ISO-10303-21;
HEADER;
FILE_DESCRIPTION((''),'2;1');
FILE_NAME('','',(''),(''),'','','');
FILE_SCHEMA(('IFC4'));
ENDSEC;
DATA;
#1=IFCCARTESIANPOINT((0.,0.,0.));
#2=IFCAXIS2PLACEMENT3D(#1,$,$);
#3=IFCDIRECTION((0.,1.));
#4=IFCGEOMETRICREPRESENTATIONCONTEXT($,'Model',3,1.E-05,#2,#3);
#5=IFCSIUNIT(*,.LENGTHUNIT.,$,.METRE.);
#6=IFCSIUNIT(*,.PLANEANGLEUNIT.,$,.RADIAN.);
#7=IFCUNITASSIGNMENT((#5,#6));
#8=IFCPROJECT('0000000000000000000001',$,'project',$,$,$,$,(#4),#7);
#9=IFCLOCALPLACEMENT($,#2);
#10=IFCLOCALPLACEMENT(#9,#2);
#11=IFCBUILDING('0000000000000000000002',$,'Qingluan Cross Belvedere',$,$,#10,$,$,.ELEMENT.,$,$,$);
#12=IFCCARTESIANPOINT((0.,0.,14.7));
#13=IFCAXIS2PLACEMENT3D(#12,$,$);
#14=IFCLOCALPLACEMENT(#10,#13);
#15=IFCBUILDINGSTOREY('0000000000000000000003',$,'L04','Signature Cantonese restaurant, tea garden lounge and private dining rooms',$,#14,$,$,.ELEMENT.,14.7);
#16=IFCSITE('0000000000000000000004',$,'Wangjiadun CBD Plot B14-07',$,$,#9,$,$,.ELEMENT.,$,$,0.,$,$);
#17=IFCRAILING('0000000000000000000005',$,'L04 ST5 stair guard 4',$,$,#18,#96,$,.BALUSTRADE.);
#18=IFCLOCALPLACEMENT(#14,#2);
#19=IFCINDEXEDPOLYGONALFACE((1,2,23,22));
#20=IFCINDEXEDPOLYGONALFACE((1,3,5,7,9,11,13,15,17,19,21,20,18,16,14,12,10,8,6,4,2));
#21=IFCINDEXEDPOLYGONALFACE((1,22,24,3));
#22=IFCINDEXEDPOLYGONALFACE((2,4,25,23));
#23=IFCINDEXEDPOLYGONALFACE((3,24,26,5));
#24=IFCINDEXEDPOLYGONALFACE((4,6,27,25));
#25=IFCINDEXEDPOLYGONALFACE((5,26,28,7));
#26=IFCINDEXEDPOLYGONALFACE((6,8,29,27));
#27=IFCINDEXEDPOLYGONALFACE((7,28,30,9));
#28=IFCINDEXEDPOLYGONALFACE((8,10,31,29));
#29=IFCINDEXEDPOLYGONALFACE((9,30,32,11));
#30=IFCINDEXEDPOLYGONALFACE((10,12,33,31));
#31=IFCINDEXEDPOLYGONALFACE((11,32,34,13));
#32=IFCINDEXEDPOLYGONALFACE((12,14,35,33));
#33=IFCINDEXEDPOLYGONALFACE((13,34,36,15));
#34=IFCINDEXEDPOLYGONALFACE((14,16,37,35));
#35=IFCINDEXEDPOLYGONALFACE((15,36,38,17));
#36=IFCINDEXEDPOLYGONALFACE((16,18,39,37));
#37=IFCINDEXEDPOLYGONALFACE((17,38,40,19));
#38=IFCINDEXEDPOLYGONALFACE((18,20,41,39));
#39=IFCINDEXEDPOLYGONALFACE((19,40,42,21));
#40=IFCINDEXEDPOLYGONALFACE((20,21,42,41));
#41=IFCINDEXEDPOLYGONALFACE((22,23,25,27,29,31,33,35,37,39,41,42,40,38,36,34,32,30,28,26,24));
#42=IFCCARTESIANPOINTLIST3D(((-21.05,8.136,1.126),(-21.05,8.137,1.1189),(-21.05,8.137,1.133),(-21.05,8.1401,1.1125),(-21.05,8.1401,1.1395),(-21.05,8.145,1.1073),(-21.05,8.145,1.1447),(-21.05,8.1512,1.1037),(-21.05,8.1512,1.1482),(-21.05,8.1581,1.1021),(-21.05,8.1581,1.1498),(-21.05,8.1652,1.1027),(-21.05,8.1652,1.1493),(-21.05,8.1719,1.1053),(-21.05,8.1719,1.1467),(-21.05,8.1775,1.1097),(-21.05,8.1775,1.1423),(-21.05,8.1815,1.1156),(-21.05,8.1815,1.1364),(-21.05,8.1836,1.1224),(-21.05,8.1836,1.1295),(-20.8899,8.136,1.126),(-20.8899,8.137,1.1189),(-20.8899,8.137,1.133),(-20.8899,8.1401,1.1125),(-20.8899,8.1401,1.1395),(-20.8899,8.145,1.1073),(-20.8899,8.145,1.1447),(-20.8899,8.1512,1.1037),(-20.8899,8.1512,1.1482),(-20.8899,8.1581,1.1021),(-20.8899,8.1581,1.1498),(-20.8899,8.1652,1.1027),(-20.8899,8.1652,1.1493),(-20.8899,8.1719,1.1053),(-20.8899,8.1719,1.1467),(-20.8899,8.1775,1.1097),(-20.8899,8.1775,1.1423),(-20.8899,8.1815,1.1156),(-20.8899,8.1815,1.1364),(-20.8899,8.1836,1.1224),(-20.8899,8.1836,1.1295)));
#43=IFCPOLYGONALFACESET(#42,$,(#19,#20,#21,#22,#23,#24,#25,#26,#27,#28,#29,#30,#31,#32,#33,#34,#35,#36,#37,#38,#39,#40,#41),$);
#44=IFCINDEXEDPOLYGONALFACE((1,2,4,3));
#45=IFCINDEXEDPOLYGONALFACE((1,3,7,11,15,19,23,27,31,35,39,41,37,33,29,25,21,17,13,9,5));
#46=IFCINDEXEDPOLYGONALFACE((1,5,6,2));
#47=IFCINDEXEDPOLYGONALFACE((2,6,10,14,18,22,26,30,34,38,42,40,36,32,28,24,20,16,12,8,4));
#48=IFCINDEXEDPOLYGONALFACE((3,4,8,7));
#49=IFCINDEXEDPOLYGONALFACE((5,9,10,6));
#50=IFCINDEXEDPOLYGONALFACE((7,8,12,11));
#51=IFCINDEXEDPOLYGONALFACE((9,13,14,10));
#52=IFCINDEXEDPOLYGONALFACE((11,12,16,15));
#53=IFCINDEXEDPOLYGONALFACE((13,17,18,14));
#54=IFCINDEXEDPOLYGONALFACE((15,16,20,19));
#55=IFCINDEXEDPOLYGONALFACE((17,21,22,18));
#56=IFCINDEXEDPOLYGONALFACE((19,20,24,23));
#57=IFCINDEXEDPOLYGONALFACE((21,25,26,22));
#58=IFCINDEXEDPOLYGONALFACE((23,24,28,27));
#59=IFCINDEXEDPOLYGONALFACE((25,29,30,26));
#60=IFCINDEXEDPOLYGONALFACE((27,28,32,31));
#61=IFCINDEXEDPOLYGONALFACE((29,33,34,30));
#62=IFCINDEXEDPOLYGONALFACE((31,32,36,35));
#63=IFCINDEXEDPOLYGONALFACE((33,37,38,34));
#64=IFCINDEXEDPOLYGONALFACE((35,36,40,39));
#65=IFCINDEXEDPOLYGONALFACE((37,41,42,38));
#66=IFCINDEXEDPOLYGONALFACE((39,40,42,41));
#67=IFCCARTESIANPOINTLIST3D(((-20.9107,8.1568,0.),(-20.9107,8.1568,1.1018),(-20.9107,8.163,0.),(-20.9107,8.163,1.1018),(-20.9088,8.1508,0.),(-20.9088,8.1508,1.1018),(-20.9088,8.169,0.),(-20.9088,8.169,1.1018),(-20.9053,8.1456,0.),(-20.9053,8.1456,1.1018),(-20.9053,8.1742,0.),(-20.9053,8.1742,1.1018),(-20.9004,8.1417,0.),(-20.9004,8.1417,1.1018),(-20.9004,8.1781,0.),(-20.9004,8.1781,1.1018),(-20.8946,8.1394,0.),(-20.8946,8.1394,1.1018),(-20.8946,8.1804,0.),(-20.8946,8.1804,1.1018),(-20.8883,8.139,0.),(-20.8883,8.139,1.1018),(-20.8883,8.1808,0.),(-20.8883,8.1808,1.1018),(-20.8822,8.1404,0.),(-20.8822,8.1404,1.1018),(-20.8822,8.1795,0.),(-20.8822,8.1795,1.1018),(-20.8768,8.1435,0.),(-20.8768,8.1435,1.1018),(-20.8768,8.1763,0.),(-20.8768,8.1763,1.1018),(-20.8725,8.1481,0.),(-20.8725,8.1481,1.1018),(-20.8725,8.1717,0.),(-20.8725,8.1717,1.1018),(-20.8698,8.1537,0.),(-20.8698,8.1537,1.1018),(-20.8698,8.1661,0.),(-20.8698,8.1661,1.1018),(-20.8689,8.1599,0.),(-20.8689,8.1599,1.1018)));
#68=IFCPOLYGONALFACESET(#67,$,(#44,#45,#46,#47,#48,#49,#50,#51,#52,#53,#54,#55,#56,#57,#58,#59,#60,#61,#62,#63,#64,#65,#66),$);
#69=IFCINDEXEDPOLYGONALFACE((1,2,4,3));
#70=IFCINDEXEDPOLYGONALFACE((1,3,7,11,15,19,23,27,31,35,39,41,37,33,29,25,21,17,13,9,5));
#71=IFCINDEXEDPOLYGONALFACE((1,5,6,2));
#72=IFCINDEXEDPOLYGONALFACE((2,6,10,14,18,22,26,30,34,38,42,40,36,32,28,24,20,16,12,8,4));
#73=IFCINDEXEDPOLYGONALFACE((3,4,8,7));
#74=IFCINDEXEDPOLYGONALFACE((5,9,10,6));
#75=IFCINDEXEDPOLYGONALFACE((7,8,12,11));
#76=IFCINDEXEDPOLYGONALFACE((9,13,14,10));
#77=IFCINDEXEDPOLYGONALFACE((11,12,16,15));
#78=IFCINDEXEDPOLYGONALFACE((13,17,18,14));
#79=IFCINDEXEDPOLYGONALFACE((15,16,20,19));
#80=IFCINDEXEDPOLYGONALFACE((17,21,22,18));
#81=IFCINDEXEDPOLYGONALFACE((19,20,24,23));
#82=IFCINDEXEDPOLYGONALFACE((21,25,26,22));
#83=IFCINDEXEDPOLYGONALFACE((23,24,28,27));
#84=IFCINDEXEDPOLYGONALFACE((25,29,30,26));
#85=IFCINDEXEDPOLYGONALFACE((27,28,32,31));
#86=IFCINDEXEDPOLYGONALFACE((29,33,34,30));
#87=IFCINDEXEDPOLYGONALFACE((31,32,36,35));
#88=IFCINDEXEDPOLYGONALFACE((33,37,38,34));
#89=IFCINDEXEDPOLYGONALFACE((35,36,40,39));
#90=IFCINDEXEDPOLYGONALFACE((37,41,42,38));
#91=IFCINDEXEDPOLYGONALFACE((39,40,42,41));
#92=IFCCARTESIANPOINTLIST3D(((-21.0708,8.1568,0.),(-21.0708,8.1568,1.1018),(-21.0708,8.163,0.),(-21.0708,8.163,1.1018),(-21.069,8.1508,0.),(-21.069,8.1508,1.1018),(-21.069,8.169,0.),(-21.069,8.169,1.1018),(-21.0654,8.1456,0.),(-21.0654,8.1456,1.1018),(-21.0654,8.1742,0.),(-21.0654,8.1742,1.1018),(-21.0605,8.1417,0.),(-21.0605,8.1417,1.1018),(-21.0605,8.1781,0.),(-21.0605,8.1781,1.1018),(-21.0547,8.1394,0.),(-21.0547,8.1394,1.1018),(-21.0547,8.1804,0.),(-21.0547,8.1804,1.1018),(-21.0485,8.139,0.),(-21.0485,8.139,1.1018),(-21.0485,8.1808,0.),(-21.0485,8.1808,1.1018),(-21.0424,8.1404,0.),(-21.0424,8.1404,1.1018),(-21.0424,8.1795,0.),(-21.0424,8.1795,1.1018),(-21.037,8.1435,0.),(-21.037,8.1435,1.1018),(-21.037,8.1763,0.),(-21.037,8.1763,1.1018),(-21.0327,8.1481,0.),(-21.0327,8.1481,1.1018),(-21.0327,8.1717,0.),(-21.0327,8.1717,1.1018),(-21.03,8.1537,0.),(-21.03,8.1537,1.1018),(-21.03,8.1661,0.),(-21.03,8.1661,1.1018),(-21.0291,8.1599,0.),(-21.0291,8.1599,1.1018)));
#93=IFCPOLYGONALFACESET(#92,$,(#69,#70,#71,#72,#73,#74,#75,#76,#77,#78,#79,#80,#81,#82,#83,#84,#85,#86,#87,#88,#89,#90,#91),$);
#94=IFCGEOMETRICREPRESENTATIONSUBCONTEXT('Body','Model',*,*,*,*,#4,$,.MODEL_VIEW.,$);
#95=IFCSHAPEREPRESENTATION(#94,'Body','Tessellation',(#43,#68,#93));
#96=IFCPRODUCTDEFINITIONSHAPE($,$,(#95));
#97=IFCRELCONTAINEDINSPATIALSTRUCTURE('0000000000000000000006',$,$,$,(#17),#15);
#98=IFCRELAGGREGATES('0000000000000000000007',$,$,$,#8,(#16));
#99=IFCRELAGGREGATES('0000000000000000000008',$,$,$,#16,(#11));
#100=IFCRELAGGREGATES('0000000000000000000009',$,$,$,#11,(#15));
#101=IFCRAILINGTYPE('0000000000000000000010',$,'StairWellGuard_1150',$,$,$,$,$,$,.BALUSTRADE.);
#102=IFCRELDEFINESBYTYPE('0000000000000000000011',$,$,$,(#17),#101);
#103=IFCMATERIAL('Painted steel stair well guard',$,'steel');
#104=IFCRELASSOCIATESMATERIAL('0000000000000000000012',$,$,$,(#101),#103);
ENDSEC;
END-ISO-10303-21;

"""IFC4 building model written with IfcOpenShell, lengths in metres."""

from ifc_helpers import new_model, si_unit, direction, frame, origin, origin_2d, place, context, subcontext, project, spatial, circle, extrude, material, type_object, element, save


model = new_model("IFC4")

# Units and contexts
model_context = context("Model", 3, precision=1e-05, world=origin(), true_north=direction((0.0, 1.0)))
body_context = subcontext(model_context, "Body", "Model", "MODEL_VIEW")
ifc_project = project(units=[si_unit("LENGTHUNIT", "METRE"), si_unit("PLANEANGLEUNIT", "RADIAN")], contexts=[model_context])

# Site, building, storey
site_placement = place(None, origin())
site = spatial("IfcSite", under=ifc_project, at=site_placement, Name="Wangjiadun CBD Plot B14-07", CompositionType="ELEMENT", RefElevation=0.0)
building_placement = place(site_placement, origin())
building = spatial("IfcBuilding", under=site, at=building_placement, Name="Qingluan Cross Belvedere", CompositionType="ELEMENT")
storey_placement = place(building_placement, frame((0.0, 0.0, 14.7)))
storey = spatial("IfcBuildingStorey", under=building, at=storey_placement, Name="L04", Description="Signature Cantonese restaurant, tea garden lounge and private dining rooms", CompositionType="ELEMENT", Elevation=14.7)

# Railing
ifc_material_1 = material(Name="Painted steel stair well guard", Category="steel")
railing_type_1 = type_object("IfcRailingType", Name="StairWellGuard_1150", PredefinedType="BALUSTRADE", material=ifc_material_1)
railing_1_placement = place(storey_placement, frame((-20.8899, 8.1599, 0.0)))
element("IfcRailing", 1, at=railing_1_placement, inside=storey, type_object=railing_type_1, Name="L04 ST5 stair guard 4", PredefinedType="BALUSTRADE", context=body_context, shape_type="SweptSolid", body=[
    extrude(circle(Radius=0.0239, at=origin_2d()), frame((0.0, 0.0, 1.126), z_axis=(-1.0, 0.0, 0.0), x_axis=(0.0, -1.0, 0.0)), (0.0, 0.0, 1.0), 0.1602),
    extrude(circle(Radius=0.021, at=origin_2d()), origin(), (0.0, 0.0, 1.0), 1.1018),
    extrude(circle(Radius=0.021, at=origin_2d()), frame((-0.1602, 0.0, 0.0)), (0.0, 0.0, 1.0), 1.1018),
])

save(model, "model.ifc")
